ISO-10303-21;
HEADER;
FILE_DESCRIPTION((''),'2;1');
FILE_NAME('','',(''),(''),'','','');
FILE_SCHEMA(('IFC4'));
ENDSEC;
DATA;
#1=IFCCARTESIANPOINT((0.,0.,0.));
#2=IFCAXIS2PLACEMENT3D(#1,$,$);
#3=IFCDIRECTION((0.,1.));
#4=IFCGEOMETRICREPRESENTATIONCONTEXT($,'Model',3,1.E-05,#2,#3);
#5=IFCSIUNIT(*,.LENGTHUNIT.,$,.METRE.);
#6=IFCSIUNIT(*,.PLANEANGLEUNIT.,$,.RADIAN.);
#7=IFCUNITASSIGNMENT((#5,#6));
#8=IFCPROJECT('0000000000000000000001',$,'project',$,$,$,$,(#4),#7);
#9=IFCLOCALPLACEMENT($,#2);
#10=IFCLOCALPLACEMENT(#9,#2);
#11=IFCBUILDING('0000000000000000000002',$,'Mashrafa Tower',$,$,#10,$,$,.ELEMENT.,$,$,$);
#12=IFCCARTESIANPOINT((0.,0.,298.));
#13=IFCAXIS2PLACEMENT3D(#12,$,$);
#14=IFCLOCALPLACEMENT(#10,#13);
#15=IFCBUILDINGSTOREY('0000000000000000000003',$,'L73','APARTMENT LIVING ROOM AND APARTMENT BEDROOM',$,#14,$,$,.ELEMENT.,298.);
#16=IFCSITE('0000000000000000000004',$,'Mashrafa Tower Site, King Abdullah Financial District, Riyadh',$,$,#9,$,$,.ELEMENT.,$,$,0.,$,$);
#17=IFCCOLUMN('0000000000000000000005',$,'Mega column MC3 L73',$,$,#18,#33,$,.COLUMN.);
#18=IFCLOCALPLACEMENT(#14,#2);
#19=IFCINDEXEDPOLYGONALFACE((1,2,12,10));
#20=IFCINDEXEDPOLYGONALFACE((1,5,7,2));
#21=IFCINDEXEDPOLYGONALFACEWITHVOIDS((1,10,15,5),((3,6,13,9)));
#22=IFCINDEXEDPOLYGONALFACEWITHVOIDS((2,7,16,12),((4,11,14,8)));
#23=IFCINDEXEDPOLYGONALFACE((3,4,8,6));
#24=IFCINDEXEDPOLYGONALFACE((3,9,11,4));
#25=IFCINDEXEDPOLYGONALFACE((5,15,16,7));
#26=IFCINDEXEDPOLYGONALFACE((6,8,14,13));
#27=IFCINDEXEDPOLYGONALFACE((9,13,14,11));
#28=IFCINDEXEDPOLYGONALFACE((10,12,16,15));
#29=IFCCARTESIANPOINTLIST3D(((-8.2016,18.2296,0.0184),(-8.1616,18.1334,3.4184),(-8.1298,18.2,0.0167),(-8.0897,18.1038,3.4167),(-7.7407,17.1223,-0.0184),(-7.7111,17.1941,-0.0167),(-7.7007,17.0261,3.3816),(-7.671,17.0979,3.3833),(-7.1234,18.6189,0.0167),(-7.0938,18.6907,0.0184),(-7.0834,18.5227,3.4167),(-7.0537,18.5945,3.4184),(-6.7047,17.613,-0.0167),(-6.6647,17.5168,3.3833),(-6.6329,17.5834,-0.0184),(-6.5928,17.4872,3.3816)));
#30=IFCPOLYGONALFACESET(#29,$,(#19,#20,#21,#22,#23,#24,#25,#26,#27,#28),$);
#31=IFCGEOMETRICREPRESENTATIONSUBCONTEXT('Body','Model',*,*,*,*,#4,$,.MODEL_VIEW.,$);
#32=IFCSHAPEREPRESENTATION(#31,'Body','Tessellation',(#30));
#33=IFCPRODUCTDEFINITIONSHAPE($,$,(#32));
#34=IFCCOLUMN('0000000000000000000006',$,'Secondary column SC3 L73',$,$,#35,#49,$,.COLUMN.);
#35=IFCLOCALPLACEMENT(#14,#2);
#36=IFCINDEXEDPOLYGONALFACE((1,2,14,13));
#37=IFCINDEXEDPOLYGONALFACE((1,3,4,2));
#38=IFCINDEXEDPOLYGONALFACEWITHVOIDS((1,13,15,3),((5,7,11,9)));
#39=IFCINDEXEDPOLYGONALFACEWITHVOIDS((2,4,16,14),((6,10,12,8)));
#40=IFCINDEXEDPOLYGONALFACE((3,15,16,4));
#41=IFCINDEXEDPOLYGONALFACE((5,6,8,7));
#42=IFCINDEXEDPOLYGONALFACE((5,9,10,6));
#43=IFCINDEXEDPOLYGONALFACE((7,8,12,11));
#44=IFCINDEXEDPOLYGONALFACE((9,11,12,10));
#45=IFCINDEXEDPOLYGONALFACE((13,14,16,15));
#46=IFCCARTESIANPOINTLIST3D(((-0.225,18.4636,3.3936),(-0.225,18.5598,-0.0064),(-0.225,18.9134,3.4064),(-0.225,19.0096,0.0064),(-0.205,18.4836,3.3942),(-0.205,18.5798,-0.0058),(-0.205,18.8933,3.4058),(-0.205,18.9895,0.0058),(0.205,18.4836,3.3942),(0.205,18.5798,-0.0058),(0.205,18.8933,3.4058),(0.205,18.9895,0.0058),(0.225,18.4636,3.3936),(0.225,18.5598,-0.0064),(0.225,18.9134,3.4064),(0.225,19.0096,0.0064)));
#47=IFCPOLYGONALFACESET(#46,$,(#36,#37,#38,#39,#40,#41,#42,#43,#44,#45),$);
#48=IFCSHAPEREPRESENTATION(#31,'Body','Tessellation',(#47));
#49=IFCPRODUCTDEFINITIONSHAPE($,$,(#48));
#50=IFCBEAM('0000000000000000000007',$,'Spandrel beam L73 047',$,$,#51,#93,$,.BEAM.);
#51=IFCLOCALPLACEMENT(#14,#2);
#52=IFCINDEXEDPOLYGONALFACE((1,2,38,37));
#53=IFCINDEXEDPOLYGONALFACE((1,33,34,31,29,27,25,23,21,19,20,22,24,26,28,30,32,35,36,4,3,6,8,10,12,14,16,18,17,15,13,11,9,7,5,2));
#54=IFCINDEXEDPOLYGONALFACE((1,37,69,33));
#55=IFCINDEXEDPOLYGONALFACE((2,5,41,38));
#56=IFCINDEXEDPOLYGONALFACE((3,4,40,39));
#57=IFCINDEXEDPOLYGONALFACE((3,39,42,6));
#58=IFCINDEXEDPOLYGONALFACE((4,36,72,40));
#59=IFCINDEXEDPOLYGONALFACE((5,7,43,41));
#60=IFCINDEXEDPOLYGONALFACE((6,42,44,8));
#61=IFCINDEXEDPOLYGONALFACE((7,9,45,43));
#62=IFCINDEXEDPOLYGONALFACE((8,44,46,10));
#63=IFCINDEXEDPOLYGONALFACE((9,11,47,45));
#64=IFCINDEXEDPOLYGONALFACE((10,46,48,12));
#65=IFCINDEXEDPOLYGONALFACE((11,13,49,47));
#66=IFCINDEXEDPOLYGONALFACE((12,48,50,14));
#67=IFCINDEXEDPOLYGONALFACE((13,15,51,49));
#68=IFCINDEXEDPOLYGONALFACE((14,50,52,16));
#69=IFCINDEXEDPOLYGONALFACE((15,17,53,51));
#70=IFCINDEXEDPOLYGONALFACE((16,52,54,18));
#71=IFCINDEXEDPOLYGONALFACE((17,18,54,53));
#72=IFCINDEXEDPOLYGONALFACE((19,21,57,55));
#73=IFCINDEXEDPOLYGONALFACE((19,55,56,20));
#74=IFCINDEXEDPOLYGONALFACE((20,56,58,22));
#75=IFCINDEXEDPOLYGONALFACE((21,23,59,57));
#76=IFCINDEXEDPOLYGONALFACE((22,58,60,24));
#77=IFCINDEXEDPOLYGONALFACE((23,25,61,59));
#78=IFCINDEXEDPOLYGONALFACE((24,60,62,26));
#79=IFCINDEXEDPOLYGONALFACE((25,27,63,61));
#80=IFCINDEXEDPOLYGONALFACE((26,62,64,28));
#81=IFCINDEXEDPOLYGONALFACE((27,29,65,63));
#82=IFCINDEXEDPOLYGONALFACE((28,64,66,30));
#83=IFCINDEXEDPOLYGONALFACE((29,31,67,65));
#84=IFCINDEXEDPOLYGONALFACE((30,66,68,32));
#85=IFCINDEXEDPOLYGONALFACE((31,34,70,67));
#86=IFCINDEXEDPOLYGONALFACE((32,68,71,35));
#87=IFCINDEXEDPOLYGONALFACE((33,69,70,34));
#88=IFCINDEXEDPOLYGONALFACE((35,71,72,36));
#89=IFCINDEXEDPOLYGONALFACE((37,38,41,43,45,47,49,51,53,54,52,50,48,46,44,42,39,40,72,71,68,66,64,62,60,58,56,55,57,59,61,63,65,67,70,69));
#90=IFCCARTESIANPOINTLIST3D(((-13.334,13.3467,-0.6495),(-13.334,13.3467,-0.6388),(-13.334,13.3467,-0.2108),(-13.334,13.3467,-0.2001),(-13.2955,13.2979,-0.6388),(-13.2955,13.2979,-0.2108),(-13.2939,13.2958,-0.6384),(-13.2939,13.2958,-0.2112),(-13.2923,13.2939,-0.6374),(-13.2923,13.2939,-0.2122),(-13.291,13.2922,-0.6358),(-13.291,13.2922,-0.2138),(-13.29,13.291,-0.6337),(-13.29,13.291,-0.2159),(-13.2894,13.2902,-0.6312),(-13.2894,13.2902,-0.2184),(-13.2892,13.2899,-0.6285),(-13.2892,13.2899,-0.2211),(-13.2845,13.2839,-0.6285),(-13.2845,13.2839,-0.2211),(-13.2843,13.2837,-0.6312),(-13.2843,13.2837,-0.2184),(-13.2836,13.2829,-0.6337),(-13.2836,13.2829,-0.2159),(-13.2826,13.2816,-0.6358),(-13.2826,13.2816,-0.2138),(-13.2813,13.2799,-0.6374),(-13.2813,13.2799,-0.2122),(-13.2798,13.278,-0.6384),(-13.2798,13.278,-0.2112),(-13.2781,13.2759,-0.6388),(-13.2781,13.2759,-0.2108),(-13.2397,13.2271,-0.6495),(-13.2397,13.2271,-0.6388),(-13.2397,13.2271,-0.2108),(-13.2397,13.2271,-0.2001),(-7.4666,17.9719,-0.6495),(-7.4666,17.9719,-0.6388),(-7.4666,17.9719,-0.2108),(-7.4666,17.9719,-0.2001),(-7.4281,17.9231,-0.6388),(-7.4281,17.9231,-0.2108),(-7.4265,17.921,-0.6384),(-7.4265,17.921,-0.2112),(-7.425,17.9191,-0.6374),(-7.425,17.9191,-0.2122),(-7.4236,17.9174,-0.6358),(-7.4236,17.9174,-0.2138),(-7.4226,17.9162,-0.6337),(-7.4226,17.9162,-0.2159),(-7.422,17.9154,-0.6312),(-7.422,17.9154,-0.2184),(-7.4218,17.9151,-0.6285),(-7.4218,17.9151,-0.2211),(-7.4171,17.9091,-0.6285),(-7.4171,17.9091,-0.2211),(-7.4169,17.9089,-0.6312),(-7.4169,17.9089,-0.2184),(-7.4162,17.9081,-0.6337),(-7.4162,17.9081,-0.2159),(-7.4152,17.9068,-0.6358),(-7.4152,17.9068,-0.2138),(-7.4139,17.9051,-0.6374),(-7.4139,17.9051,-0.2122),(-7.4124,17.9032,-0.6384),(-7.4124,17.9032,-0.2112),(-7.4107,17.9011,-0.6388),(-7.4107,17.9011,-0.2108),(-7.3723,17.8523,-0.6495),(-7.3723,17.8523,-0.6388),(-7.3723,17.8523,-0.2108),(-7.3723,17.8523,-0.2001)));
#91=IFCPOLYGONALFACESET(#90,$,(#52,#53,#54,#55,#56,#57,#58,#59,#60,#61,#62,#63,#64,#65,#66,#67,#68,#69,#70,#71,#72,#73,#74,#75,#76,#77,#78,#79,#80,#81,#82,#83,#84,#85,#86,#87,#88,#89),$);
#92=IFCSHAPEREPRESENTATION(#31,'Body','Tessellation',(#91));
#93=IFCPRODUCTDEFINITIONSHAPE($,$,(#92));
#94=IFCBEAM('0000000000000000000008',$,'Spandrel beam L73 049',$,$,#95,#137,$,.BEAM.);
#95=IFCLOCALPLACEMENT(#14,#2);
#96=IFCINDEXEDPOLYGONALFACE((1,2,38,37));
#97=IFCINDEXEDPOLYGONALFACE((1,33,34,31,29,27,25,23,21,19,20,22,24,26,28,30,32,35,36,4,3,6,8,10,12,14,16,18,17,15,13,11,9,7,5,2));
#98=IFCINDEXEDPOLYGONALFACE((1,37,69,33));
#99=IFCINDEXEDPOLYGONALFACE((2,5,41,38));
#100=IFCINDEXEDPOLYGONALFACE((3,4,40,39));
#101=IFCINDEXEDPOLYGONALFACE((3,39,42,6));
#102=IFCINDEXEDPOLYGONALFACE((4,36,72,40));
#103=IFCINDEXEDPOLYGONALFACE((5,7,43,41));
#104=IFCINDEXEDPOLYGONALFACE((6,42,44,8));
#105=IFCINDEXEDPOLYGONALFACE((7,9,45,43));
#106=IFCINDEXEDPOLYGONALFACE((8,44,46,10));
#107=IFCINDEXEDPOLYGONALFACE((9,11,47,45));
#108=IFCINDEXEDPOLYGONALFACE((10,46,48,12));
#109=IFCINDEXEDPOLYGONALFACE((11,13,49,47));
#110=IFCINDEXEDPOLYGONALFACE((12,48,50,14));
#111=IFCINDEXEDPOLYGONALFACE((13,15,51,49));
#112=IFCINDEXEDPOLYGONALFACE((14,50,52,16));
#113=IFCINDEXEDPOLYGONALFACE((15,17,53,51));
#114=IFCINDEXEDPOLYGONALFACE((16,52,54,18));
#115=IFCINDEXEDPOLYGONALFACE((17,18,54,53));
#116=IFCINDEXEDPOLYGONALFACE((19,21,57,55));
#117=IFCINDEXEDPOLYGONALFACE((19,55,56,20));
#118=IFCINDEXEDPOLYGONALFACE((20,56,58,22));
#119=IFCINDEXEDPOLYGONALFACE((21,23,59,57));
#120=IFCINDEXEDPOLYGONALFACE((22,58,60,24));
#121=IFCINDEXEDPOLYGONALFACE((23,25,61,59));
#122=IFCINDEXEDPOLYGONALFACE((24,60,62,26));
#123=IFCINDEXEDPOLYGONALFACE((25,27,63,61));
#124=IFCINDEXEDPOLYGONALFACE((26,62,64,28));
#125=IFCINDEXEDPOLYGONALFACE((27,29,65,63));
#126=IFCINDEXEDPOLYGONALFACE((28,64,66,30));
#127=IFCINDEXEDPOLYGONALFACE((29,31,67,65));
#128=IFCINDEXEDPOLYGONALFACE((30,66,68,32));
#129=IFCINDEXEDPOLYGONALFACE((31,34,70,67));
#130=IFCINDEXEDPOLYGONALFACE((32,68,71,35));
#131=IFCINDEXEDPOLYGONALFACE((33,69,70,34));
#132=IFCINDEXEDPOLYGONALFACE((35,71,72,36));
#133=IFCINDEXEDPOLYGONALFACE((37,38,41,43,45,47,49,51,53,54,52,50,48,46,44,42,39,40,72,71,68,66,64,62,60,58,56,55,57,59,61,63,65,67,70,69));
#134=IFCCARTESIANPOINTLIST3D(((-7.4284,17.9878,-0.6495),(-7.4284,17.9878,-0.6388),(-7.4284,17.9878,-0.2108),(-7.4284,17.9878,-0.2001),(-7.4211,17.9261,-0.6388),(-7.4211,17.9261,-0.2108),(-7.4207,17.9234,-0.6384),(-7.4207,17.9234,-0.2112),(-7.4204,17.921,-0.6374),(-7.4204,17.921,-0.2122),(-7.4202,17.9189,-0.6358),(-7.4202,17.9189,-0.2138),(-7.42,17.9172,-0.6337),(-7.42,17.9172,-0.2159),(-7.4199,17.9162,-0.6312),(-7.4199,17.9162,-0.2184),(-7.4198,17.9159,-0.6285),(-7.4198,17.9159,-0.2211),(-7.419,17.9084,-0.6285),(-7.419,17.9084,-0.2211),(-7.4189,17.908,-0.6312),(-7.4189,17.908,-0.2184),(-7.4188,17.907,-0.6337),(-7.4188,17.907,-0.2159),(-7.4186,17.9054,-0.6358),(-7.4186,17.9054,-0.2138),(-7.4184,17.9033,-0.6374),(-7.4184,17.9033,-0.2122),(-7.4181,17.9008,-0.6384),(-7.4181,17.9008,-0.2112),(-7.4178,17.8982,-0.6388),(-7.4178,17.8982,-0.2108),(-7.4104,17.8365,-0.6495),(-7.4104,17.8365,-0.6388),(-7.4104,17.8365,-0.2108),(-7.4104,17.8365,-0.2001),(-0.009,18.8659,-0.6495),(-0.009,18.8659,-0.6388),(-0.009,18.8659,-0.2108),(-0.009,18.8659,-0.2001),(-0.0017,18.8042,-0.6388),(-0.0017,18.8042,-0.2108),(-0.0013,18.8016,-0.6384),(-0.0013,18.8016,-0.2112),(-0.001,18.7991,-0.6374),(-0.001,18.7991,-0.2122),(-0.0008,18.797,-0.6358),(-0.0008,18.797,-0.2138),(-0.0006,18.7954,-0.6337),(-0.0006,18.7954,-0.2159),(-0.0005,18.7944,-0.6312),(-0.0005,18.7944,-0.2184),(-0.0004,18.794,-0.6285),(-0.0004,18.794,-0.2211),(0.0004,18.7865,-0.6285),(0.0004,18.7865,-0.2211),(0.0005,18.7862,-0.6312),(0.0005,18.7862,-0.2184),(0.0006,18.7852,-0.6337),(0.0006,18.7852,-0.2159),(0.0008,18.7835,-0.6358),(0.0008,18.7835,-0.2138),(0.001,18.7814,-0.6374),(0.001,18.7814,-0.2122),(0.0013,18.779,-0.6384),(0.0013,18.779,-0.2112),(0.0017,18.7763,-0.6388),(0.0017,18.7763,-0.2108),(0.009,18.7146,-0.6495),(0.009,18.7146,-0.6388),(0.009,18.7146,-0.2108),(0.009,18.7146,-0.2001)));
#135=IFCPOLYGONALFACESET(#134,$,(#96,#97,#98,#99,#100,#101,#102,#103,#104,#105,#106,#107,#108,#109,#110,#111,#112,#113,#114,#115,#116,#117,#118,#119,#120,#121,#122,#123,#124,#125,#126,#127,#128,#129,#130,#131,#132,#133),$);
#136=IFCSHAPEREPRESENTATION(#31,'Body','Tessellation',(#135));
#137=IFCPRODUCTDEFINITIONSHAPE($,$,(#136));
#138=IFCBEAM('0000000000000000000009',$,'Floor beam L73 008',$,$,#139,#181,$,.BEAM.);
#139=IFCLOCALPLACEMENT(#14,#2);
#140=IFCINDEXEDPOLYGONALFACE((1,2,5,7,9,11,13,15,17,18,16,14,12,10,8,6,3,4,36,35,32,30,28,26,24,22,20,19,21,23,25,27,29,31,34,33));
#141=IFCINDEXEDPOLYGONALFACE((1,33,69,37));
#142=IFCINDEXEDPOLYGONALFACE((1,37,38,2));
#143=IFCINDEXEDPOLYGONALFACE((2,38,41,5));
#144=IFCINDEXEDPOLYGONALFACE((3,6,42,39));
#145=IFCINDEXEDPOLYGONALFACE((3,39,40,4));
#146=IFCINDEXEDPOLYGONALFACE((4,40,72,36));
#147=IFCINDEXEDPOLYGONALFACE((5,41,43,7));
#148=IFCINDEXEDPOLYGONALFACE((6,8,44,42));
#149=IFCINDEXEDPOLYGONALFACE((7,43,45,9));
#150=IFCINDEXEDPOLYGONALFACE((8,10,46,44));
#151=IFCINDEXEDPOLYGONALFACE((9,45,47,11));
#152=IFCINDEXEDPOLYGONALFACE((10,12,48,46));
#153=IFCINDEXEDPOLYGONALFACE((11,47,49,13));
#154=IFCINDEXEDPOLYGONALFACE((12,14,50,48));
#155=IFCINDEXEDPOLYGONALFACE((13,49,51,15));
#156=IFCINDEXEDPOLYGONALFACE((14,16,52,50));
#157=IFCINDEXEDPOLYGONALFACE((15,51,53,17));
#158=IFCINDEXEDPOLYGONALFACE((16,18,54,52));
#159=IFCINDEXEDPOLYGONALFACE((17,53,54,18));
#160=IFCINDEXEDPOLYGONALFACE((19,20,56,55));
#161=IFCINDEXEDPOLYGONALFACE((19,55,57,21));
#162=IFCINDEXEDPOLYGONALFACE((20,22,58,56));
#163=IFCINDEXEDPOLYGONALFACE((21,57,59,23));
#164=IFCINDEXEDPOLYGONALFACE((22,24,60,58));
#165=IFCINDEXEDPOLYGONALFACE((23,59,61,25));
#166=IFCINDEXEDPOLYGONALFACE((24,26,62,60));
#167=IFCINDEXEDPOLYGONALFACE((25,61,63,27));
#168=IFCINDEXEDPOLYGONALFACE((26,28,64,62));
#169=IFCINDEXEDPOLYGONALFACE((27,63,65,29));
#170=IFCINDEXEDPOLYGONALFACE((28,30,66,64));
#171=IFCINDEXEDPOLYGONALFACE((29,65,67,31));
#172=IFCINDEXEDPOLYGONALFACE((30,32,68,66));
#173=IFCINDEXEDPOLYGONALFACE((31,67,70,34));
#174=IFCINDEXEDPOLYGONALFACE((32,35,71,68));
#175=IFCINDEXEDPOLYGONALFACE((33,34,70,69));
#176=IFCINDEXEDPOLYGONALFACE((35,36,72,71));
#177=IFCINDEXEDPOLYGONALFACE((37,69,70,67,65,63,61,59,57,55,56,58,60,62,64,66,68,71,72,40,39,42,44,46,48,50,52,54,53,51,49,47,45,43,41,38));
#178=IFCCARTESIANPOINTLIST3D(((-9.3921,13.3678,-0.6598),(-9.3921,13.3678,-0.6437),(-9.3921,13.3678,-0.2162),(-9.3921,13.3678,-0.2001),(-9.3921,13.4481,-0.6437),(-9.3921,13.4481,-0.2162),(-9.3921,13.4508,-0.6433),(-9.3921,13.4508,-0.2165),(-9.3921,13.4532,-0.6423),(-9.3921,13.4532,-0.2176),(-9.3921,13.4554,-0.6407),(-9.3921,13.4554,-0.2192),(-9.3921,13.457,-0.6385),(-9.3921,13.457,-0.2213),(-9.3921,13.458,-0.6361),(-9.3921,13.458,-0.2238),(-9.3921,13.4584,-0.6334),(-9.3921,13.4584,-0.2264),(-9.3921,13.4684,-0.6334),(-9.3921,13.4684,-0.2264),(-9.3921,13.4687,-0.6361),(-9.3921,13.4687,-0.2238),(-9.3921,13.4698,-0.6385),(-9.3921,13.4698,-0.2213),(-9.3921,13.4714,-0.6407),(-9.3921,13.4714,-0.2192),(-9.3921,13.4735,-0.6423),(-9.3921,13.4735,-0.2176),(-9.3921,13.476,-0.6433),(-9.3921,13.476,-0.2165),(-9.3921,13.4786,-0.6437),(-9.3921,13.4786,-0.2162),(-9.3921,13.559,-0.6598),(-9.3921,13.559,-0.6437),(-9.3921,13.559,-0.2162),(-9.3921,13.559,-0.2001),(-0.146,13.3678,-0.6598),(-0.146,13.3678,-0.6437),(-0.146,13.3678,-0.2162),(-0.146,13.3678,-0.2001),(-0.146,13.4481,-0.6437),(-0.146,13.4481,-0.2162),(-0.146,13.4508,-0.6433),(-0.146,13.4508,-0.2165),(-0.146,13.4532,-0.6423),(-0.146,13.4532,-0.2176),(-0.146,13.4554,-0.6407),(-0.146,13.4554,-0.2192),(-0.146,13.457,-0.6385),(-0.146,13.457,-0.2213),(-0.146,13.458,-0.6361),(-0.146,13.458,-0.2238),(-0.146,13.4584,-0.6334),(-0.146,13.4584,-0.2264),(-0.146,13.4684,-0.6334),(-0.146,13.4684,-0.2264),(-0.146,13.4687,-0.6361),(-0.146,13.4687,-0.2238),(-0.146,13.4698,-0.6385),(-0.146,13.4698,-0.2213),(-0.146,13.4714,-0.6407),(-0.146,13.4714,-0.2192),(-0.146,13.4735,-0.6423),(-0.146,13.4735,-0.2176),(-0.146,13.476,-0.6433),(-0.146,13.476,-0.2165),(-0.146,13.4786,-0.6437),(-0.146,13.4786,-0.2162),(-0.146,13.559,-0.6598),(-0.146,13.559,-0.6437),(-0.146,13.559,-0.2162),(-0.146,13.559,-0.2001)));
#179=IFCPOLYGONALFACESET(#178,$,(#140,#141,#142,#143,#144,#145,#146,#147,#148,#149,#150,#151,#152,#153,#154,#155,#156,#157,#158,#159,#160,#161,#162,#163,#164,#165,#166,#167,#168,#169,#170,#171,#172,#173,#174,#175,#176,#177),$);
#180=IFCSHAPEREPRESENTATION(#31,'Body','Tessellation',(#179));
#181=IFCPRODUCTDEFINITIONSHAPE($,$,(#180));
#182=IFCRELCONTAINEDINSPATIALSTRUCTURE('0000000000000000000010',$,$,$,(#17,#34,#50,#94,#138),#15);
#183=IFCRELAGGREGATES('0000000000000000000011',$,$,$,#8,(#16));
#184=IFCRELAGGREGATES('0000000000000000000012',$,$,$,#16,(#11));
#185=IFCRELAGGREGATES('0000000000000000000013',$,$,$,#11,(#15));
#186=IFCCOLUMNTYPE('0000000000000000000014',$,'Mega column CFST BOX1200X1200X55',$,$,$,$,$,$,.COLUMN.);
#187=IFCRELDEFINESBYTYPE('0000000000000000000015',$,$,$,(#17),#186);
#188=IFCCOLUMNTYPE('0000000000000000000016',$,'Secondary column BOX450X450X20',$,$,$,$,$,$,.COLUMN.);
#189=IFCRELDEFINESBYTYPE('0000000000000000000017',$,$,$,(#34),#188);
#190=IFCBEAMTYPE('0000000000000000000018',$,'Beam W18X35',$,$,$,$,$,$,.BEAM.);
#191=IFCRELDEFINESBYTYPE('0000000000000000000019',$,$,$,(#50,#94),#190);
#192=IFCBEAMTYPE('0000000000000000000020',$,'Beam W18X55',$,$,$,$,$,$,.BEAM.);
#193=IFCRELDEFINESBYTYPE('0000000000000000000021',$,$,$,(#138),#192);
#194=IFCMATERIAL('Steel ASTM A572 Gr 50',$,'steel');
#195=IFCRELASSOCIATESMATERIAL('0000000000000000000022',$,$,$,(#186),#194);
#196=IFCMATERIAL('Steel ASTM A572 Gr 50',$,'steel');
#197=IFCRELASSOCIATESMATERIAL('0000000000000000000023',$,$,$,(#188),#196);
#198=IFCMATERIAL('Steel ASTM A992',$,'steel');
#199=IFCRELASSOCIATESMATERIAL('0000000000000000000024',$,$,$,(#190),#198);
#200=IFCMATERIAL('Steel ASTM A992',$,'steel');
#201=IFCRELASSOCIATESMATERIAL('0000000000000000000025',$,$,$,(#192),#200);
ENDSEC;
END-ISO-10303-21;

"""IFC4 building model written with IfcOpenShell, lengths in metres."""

from ifc_helpers import new_model, si_unit, direction, frame, origin, origin_2d, place, context, subcontext, project, spatial, hollow_rectangle, i_section, extrude, material, material_profile, profile_set, type_object, element, save


model = new_model("IFC4")

# Units and contexts
model_context = context("Model", 3, precision=1e-05, world=origin(), true_north=direction((0.0, 1.0)))
body_context = subcontext(model_context, "Body", "Model", "MODEL_VIEW")
ifc_project = project(units=[si_unit("LENGTHUNIT", "METRE"), si_unit("PLANEANGLEUNIT", "RADIAN")], contexts=[model_context])

# Site, building, storey
site_placement = place(None, origin())
site = spatial("IfcSite", under=ifc_project, at=site_placement, Name="Mashrafa Tower Site, King Abdullah Financial District, Riyadh", CompositionType="ELEMENT", RefElevation=0.0)
building_placement = place(site_placement, origin())
building = spatial("IfcBuilding", under=site, at=building_placement, Name="Mashrafa Tower", CompositionType="ELEMENT")
storey_placement = place(building_placement, frame((0.0, 0.0, 298.0)))
storey = spatial("IfcBuildingStorey", under=building, at=storey_placement, Name="L73", Description="APARTMENT LIVING ROOM AND APARTMENT BEDROOM", CompositionType="ELEMENT", Elevation=298.0)

# Columns
ifc_material_1 = material(Name="Steel ASTM A572 Gr 50", Category="steel")
ifc_material_profile_1 = material_profile(ifc_material_1, hollow_rectangle(XDim=1.2, YDim=1.2, WallThickness=0.0549, at=origin_2d()), Name="BOX1200X1200X55")
ifc_profile_set_1 = profile_set([ifc_material_profile_1], Name="Steel ASTM A572 Gr 50")
column_type_1 = type_object("IfcColumnType", Name="Mega column CFST BOX1200X1200X55", PredefinedType="COLUMN", material=ifc_profile_set_1)
column_1_placement = place(storey_placement, frame((-7.4172, 17.9065, 0.0), z_axis=(0.011771, -0.028279, 0.999531), x_axis=(0.923216, 0.384283, 0.0)))
element("IfcColumn", 1, at=column_1_placement, inside=storey, type_object=column_type_1, Name="Mega column MC3 L73", PredefinedType="COLUMN", context=body_context, shape_type="SweptSolid", body=[
    extrude(hollow_rectangle(XDim=1.2, YDim=1.2, WallThickness=0.0549, at=origin_2d()), origin(), (0.0, 0.0, 1.0), 3.4016),
])
ifc_material_2 = material(Name="Steel ASTM A572 Gr 50", Category="steel")
ifc_material_profile_2 = material_profile(ifc_material_2, hollow_rectangle(XDim=0.45, YDim=0.45, WallThickness=0.02, at=origin_2d()), Name="BOX450X450X20")
ifc_profile_set_2 = profile_set([ifc_material_profile_2], Name="Steel ASTM A572 Gr 50")
column_type_2 = type_object("IfcColumnType", Name="Secondary column BOX450X450X20", PredefinedType="COLUMN", material=ifc_profile_set_2)
column_2_placement = place(storey_placement, frame((0.0, 18.7847, 0.0), z_axis=(0.0, -0.028281, 0.9996), x_axis=(1.0, 0.0, 0.0)))
element("IfcColumn", 2, at=column_2_placement, inside=storey, type_object=column_type_2, Name="Secondary column SC3 L73", PredefinedType="COLUMN", context=body_context, shape_type="SweptSolid", body=[
    extrude(hollow_rectangle(XDim=0.45, YDim=0.45, WallThickness=0.02, at=origin_2d()), origin(), (0.0, 0.0, 1.0), 3.4014),
])

# Beams
ifc_material_3 = material(Name="Steel ASTM A992", Category="steel")
ifc_material_profile_3 = material_profile(ifc_material_3, i_section(OverallWidth=0.1523, OverallDepth=0.4495, WebThickness=0.0076, FlangeThickness=0.0107, FilletRadius=0.0103, at=origin_2d()), Name="W18X35")
ifc_profile_set_3 = profile_set([ifc_material_profile_3], Name="Steel ASTM A992")
beam_type_1 = type_object("IfcBeamType", Name="Beam W18X35", PredefinedType="BEAM", material=ifc_profile_set_3)
for number, where, z_axis, x_axis, name in (
    (3, (-7.4194, 17.9121, -0.4248), (-0.785334, -0.619072, 0.0), (0.619072, -0.785334, 0.0), "Spandrel beam L73 047"),
    (4, (0.0, 18.7903, -0.4248), (-0.993068, -0.117541, 0.0), (0.117541, -0.993068, 0.0), "Spandrel beam L73 049"),
):
    element("IfcBeam", number, at=place(storey_placement, frame(where, z_axis=z_axis, x_axis=x_axis)), inside=storey, type_object=beam_type_1, Name=name, PredefinedType="BEAM", context=body_context, shape_type="SweptSolid", body=[
        extrude(i_section(OverallWidth=0.1523, OverallDepth=0.4495, WebThickness=0.0076, FlangeThickness=0.0107, FilletRadius=0.0103, at=origin_2d()), origin(), (0.0, 0.0, 1.0), 7.4712),
    ])
ifc_material_4 = material(Name="Steel ASTM A992", Category="steel")
ifc_material_profile_4 = material_profile(ifc_material_4, i_section(OverallWidth=0.1912, OverallDepth=0.4597, WebThickness=0.01, FlangeThickness=0.0161, FilletRadius=0.0103, at=origin_2d()), Name="W18X55")
ifc_profile_set_4 = profile_set([ifc_material_profile_4], Name="Steel ASTM A992")
beam_type_2 = type_object("IfcBeamType", Name="Beam W18X55", PredefinedType="BEAM", material=ifc_profile_set_4)
beam_1_placement = place(storey_placement, frame((-9.3921, 13.4634, -0.4299), z_axis=(1.0, 0.0, 0.0), x_axis=(0.0, 1.0, 0.0)))
element("IfcBeam", 5, at=beam_1_placement, inside=storey, type_object=beam_type_2, Name="Floor beam L73 008", PredefinedType="BEAM", context=body_context, shape_type="SweptSolid", body=[
    extrude(i_section(OverallWidth=0.1912, OverallDepth=0.4597, WebThickness=0.01, FlangeThickness=0.0161, FilletRadius=0.0103, at=origin_2d()), origin(), (0.0, 0.0, 1.0), 9.2461),
])

save(model, "model.ifc")
